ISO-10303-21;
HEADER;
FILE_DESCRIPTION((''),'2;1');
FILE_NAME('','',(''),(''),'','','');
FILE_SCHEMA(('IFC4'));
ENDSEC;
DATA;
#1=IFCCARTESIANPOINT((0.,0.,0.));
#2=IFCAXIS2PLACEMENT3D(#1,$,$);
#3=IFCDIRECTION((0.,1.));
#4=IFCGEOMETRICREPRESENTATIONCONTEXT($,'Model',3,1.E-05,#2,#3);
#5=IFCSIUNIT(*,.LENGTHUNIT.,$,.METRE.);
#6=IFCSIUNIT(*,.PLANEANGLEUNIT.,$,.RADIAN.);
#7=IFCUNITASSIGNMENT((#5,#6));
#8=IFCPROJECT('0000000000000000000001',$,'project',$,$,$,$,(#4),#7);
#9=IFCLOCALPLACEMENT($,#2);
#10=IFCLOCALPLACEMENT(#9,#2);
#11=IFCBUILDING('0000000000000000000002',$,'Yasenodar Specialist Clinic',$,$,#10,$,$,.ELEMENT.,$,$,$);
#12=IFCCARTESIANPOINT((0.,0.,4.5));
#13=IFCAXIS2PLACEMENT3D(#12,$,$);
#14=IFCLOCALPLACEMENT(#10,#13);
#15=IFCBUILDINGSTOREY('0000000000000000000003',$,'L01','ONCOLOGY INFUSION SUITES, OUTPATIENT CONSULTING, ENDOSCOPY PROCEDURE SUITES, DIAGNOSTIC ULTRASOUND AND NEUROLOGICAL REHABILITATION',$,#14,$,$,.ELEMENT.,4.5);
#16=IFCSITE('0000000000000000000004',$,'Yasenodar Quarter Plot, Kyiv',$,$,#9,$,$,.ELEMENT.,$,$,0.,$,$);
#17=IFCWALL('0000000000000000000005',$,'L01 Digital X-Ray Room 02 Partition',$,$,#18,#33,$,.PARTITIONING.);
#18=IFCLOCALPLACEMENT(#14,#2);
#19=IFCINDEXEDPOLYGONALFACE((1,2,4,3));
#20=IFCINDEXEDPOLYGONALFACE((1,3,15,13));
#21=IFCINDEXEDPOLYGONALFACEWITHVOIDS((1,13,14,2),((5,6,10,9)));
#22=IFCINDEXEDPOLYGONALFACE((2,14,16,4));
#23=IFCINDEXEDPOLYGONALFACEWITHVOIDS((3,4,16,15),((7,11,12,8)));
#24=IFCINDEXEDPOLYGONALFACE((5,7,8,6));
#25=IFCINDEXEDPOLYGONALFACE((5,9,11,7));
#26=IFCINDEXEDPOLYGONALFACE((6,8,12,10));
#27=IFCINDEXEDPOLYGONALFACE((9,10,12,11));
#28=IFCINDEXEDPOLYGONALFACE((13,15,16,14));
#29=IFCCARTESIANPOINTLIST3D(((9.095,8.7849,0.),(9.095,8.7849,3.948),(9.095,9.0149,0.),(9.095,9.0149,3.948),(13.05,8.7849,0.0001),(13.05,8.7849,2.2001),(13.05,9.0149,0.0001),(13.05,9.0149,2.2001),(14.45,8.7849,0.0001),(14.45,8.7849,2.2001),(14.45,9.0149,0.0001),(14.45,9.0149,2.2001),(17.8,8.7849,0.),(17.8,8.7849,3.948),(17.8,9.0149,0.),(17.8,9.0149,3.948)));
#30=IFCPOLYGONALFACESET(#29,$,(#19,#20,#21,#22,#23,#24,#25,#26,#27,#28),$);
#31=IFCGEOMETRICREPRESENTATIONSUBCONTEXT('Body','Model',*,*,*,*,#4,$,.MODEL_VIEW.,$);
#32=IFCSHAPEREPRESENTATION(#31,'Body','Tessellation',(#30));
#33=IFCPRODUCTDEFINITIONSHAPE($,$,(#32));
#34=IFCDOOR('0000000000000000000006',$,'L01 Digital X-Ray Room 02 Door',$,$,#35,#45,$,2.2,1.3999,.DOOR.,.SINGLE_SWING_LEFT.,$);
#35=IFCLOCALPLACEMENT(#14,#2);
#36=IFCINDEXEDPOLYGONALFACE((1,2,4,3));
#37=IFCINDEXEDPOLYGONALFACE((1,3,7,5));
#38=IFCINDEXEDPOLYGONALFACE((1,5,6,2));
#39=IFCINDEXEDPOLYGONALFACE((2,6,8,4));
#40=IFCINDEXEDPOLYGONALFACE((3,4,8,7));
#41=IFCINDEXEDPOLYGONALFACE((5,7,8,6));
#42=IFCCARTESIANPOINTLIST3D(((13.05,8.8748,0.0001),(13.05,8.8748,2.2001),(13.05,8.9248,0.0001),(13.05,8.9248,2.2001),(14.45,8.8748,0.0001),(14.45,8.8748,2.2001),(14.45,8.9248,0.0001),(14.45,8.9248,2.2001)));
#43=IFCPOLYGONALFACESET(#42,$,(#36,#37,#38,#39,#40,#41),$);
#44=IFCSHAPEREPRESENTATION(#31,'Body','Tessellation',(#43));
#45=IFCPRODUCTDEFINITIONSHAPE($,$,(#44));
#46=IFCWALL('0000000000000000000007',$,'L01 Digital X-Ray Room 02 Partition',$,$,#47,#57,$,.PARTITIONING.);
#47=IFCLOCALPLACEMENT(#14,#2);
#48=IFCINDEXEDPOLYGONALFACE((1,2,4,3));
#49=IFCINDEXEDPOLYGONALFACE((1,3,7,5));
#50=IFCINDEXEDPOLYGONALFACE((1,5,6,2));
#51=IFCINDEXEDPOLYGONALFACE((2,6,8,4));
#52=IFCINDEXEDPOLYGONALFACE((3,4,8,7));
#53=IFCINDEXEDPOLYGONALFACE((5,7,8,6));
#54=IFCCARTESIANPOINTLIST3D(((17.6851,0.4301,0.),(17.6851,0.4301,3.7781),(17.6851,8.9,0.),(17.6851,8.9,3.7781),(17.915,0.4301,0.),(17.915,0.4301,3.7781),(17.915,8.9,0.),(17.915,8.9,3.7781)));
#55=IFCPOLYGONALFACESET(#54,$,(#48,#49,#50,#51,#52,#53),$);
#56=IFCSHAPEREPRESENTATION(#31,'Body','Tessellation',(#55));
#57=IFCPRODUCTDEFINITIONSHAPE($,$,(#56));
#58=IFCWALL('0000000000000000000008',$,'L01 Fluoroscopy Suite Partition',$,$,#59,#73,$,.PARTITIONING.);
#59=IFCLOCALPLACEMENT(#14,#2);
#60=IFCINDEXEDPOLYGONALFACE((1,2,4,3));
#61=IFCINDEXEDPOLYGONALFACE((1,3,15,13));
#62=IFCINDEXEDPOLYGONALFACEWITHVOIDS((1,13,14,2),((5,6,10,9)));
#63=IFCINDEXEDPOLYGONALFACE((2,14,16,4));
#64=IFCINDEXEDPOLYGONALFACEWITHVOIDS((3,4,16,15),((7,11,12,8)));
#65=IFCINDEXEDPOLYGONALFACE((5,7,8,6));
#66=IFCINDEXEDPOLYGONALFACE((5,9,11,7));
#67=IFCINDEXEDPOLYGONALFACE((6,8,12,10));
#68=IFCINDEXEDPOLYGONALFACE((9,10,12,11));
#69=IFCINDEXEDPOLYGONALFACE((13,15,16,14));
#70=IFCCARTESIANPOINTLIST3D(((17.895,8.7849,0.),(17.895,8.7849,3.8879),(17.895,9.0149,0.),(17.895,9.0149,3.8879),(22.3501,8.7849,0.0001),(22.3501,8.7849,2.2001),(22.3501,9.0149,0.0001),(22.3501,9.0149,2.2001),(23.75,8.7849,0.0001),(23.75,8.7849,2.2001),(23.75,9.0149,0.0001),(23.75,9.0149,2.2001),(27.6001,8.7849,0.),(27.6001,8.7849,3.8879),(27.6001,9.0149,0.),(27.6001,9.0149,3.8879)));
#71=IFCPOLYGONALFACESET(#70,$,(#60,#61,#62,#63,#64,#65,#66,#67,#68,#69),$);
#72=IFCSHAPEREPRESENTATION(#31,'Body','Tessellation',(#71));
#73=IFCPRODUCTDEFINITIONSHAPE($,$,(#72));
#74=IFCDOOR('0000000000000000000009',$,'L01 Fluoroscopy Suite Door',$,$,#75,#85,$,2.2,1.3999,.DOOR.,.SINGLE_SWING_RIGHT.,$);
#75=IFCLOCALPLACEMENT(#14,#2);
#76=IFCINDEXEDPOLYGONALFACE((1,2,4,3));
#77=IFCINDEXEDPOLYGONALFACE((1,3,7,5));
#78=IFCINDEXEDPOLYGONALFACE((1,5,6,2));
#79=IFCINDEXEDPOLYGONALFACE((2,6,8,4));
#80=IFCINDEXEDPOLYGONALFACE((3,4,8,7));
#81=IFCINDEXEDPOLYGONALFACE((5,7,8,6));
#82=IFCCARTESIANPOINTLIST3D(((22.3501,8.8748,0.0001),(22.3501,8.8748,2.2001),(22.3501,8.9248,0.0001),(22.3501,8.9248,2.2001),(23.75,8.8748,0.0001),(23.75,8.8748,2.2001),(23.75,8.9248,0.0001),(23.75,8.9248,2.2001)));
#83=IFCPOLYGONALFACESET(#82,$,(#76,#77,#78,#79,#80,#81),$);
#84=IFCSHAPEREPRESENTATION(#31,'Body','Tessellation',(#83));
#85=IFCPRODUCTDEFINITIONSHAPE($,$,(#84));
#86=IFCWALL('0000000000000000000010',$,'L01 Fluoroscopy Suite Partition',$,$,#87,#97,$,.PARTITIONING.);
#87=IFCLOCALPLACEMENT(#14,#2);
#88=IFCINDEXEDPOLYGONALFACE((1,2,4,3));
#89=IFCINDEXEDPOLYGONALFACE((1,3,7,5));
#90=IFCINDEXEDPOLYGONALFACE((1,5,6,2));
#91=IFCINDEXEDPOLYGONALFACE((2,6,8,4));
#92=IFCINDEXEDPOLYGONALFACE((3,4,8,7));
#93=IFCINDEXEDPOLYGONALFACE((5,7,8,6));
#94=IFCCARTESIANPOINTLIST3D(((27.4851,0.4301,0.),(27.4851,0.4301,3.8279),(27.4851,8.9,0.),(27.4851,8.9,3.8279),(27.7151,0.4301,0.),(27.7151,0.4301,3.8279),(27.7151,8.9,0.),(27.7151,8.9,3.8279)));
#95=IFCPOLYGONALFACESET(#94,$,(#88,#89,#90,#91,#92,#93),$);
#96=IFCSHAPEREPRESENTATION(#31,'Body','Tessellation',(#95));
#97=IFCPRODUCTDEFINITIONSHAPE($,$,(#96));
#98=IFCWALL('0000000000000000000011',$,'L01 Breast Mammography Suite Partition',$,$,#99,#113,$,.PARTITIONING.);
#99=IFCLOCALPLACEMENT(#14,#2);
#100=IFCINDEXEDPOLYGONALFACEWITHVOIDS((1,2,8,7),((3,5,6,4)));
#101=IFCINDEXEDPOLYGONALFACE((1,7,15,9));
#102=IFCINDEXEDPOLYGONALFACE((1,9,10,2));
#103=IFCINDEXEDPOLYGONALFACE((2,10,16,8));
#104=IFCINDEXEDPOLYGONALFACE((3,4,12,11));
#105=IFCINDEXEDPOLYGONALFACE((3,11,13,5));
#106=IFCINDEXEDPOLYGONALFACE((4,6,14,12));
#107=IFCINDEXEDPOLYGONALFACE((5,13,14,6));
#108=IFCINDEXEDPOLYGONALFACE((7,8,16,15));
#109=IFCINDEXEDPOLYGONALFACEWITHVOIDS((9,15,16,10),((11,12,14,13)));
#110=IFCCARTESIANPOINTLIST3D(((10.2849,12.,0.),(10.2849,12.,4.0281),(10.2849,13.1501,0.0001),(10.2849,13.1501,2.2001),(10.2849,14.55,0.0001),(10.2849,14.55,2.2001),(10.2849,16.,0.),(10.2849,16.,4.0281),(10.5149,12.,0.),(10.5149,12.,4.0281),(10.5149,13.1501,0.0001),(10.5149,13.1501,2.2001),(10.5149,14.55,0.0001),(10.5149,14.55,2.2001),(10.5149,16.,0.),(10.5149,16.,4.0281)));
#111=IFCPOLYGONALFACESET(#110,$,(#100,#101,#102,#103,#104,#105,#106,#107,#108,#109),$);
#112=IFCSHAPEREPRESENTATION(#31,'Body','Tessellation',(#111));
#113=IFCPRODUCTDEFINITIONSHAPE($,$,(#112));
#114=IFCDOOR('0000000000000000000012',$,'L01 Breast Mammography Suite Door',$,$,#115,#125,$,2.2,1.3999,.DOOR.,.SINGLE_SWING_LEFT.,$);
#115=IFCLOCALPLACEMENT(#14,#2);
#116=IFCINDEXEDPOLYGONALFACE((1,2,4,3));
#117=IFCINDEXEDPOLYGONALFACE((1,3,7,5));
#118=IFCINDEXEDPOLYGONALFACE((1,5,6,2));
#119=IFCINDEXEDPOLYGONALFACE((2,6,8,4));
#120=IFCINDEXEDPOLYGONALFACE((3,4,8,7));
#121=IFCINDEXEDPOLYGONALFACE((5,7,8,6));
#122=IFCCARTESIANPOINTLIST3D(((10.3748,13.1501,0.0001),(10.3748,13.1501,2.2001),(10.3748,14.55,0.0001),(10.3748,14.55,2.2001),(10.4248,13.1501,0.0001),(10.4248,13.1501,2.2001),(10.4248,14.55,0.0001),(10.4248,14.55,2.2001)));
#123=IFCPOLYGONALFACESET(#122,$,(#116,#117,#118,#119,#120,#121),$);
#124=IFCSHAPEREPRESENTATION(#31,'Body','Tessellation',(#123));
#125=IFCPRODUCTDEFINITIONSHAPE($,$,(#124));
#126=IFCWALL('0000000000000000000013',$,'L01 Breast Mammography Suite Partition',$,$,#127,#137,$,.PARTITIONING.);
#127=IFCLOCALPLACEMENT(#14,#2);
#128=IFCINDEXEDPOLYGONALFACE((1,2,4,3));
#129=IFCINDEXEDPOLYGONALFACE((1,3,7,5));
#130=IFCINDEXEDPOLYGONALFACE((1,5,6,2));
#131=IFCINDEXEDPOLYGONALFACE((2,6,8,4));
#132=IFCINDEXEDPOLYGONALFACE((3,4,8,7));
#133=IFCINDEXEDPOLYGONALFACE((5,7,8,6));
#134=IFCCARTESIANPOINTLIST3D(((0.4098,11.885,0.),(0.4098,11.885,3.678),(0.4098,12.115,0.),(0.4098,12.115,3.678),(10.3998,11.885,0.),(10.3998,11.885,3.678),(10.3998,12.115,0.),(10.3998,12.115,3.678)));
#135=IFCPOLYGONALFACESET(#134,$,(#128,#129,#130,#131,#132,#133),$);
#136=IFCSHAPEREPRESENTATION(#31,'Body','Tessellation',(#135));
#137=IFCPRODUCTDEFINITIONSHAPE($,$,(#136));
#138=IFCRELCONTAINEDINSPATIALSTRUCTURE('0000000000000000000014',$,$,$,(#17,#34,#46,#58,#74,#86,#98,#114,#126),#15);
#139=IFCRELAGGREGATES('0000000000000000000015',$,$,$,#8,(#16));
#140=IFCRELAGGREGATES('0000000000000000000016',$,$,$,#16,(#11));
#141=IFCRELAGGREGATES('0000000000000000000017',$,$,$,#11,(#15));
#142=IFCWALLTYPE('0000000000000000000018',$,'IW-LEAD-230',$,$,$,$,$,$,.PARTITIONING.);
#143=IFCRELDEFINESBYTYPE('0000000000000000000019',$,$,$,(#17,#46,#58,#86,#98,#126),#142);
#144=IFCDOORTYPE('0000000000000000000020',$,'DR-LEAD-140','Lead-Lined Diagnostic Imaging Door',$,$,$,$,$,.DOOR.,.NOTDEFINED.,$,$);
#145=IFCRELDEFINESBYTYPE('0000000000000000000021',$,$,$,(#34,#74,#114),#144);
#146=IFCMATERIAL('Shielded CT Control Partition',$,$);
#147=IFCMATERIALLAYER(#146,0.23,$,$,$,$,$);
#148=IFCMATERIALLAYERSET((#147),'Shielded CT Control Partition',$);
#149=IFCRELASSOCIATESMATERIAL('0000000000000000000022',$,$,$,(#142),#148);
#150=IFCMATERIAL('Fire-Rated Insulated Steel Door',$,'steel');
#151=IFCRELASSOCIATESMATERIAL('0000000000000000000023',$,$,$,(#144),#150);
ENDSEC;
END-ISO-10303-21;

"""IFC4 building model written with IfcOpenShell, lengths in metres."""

from ifc_helpers import new_model, si_unit, direction, frame, frame_2d, origin, place, context, subcontext, project, spatial, rectangle, extrude, material, layer, layer_set, type_object, element, fill, save


model = new_model("IFC4")

# Units and contexts
model_context = context("Model", 3, precision=1e-05, world=origin(), true_north=direction((0.0, 1.0)))
body_context = subcontext(model_context, "Body", "Model", "MODEL_VIEW")
ifc_project = project(units=[si_unit("LENGTHUNIT", "METRE"), si_unit("PLANEANGLEUNIT", "RADIAN")], contexts=[model_context])

# Site, building, storey
site_placement = place(None, origin())
site = spatial("IfcSite", under=ifc_project, at=site_placement, Name="Yasenodar Quarter Plot, Kyiv", CompositionType="ELEMENT", RefElevation=0.0)
building_placement = place(site_placement, origin())
building = spatial("IfcBuilding", under=site, at=building_placement, Name="Yasenodar Specialist Clinic", CompositionType="ELEMENT")
storey_placement = place(building_placement, frame((0.0, 0.0, 4.5)))
storey = spatial("IfcBuildingStorey", under=building, at=storey_placement, Name="L01", Description="ONCOLOGY INFUSION SUITES, OUTPATIENT CONSULTING, ENDOSCOPY PROCEDURE SUITES, DIAGNOSTIC ULTRASOUND AND NEUROLOGICAL REHABILITATION", CompositionType="ELEMENT", Elevation=4.5)

# Wall, opening, door
ifc_material_1 = material(Name="Shielded CT Control Partition")
ifc_layer_1 = layer(ifc_material_1, 0.23)
ifc_layer_set_1 = layer_set([ifc_layer_1], Name="Shielded CT Control Partition")
wall_type_1 = type_object("IfcWallType", Name="IW-LEAD-230", PredefinedType="PARTITIONING", material=ifc_layer_set_1)
wall_1_placement = place(storey_placement, frame((9.095, 8.8999, 0.0), z_axis=(0.0, 0.0, 1.0), x_axis=(1.0, 0.0, 0.0)))
wall_1 = element("IfcWall", 1, at=wall_1_placement, inside=storey, type_object=wall_type_1, Name="L01 Digital X-Ray Room 02 Partition", PredefinedType="PARTITIONING", context=body_context, shape_type="SweptSolid", body=[
    extrude(rectangle(XDim=8.7051, YDim=0.23, at=frame_2d((4.3525, 0.0))), origin(), (0.0, 0.0, 1.0), 3.948),
])
opening_1_placement = place(wall_1_placement, frame((3.9551, 0.0, 0.0)))
opening_1 = element("IfcOpeningElement", 2, at=opening_1_placement, cuts=wall_1, PredefinedType="OPENING", context=body_context, shape_type="SweptSolid", body=[
    extrude(rectangle(XDim=1.3999, YDim=2.2, at=frame_2d((0.7, 1.1001))), frame((0.0, 0.125, 0.0), z_axis=(0.0, -1.0, 0.0), x_axis=(1.0, 0.0, 0.0)), (0.0, 0.0, 1.0), 0.25),
])
ifc_material_2 = material(Name="Fire-Rated Insulated Steel Door", Category="steel")
door_type_1 = type_object("IfcDoorType", Name="DR-LEAD-140", Description="Lead-Lined Diagnostic Imaging Door", OperationType="NOTDEFINED", PredefinedType="DOOR", material=ifc_material_2)
door_1_placement = place(opening_1_placement, origin())
door_1 = element("IfcDoor", 3, at=door_1_placement, inside=storey, type_object=door_type_1, Name="L01 Digital X-Ray Room 02 Door", OperationType="SINGLE_SWING_LEFT", OverallHeight=2.2, OverallWidth=1.3999, PredefinedType="DOOR", context=body_context, shape_type="SweptSolid", body=[
    extrude(rectangle(XDim=1.3999, YDim=2.2, at=frame_2d((0.7, 1.1001))), frame((0.0, 0.0249, 0.0), z_axis=(0.0, -1.0, 0.0), x_axis=(1.0, 0.0, 0.0)), (0.0, 0.0, 1.0), 0.05),
])
fill(opening_1, door_1)

# Wall
wall_2_placement = place(storey_placement, frame((17.8, 8.8999, 0.0), z_axis=(0.0, 0.0, 1.0), x_axis=(0.0, -1.0, 0.0)))
element("IfcWall", 4, at=wall_2_placement, inside=storey, type_object=wall_type_1, Name="L01 Digital X-Ray Room 02 Partition", PredefinedType="PARTITIONING", context=body_context, shape_type="SweptSolid", body=[
    extrude(rectangle(XDim=8.47, YDim=0.23, at=frame_2d((4.2349, 0.0))), origin(), (0.0, 0.0, 1.0), 3.7781),
])

# Wall, opening, door
wall_3_placement = place(storey_placement, frame((17.895, 8.8999, 0.0), z_axis=(0.0, 0.0, 1.0), x_axis=(1.0, 0.0, 0.0)))
wall_3 = element("IfcWall", 5, at=wall_3_placement, inside=storey, type_object=wall_type_1, Name="L01 Fluoroscopy Suite Partition", PredefinedType="PARTITIONING", context=body_context, shape_type="SweptSolid", body=[
    extrude(rectangle(XDim=9.7051, YDim=0.23, at=frame_2d((4.8525, 0.0))), origin(), (0.0, 0.0, 1.0), 3.8879),
])
opening_2_placement = place(wall_3_placement, frame((4.4551, 0.0, 0.0)))
opening_2 = element("IfcOpeningElement", 6, at=opening_2_placement, cuts=wall_3, PredefinedType="OPENING", context=body_context, shape_type="SweptSolid", body=[
    extrude(rectangle(XDim=1.3999, YDim=2.2, at=frame_2d((0.7, 1.1001))), frame((0.0, 0.125, 0.0), z_axis=(0.0, -1.0, 0.0), x_axis=(1.0, 0.0, 0.0)), (0.0, 0.0, 1.0), 0.25),
])
door_2_placement = place(opening_2_placement, origin())
door_2 = element("IfcDoor", 7, at=door_2_placement, inside=storey, type_object=door_type_1, Name="L01 Fluoroscopy Suite Door", OperationType="SINGLE_SWING_RIGHT", OverallHeight=2.2, OverallWidth=1.3999, PredefinedType="DOOR", context=body_context, shape_type="SweptSolid", body=[
    extrude(rectangle(XDim=1.3999, YDim=2.2, at=frame_2d((0.7, 1.1001))), frame((0.0, 0.0249, 0.0), z_axis=(0.0, -1.0, 0.0), x_axis=(1.0, 0.0, 0.0)), (0.0, 0.0, 1.0), 0.05),
])
fill(opening_2, door_2)

# Wall
wall_4_placement = place(storey_placement, frame((27.6001, 8.8999, 0.0), z_axis=(0.0, 0.0, 1.0), x_axis=(0.0, -1.0, 0.0)))
element("IfcWall", 8, at=wall_4_placement, inside=storey, type_object=wall_type_1, Name="L01 Fluoroscopy Suite Partition", PredefinedType="PARTITIONING", context=body_context, shape_type="SweptSolid", body=[
    extrude(rectangle(XDim=8.47, YDim=0.23, at=frame_2d((4.2349, 0.0))), origin(), (0.0, 0.0, 1.0), 3.8279),
])

# Wall, opening, door
wall_5_placement = place(storey_placement, frame((10.3999, 16.0, 0.0), z_axis=(0.0, 0.0, 1.0), x_axis=(0.0, -1.0, 0.0)))
wall_5 = element("IfcWall", 9, at=wall_5_placement, inside=storey, type_object=wall_type_1, Name="L01 Breast Mammography Suite Partition", PredefinedType="PARTITIONING", context=body_context, shape_type="SweptSolid", body=[
    extrude(rectangle(XDim=4.0, YDim=0.23, at=frame_2d((2.0, 0.0))), origin(), (0.0, 0.0, 1.0), 4.0281),
])
opening_3_placement = place(wall_5_placement, frame((1.45, 0.0, 0.0)))
opening_3 = element("IfcOpeningElement", 10, at=opening_3_placement, cuts=wall_5, PredefinedType="OPENING", context=body_context, shape_type="SweptSolid", body=[
    extrude(rectangle(XDim=1.3999, YDim=2.2, at=frame_2d((0.7, 1.1001))), frame((0.0, 0.125, 0.0), z_axis=(0.0, -1.0, 0.0), x_axis=(1.0, 0.0, 0.0)), (0.0, 0.0, 1.0), 0.25),
])
door_3_placement = place(opening_3_placement, origin())
door_3 = element("IfcDoor", 11, at=door_3_placement, inside=storey, type_object=door_type_1, Name="L01 Breast Mammography Suite Door", OperationType="SINGLE_SWING_LEFT", OverallHeight=2.2, OverallWidth=1.3999, PredefinedType="DOOR", context=body_context, shape_type="SweptSolid", body=[
    extrude(rectangle(XDim=1.3999, YDim=2.2, at=frame_2d((0.7, 1.1001))), frame((0.0, 0.0249, 0.0), z_axis=(0.0, -1.0, 0.0), x_axis=(1.0, 0.0, 0.0)), (0.0, 0.0, 1.0), 0.05),
])
fill(opening_3, door_3)

# Wall
wall_6_placement = place(storey_placement, frame((10.3999, 12.0, 0.0), z_axis=(0.0, 0.0, 1.0), x_axis=(-1.0, 0.0, 0.0)))
element("IfcWall", 12, at=wall_6_placement, inside=storey, type_object=wall_type_1, Name="L01 Breast Mammography Suite Partition", PredefinedType="PARTITIONING", context=body_context, shape_type="SweptSolid", body=[
    extrude(rectangle(XDim=9.99, YDim=0.23, at=frame_2d((4.9951, 0.0))), origin(), (0.0, 0.0, 1.0), 3.678),
])

save(model, "model.ifc")
